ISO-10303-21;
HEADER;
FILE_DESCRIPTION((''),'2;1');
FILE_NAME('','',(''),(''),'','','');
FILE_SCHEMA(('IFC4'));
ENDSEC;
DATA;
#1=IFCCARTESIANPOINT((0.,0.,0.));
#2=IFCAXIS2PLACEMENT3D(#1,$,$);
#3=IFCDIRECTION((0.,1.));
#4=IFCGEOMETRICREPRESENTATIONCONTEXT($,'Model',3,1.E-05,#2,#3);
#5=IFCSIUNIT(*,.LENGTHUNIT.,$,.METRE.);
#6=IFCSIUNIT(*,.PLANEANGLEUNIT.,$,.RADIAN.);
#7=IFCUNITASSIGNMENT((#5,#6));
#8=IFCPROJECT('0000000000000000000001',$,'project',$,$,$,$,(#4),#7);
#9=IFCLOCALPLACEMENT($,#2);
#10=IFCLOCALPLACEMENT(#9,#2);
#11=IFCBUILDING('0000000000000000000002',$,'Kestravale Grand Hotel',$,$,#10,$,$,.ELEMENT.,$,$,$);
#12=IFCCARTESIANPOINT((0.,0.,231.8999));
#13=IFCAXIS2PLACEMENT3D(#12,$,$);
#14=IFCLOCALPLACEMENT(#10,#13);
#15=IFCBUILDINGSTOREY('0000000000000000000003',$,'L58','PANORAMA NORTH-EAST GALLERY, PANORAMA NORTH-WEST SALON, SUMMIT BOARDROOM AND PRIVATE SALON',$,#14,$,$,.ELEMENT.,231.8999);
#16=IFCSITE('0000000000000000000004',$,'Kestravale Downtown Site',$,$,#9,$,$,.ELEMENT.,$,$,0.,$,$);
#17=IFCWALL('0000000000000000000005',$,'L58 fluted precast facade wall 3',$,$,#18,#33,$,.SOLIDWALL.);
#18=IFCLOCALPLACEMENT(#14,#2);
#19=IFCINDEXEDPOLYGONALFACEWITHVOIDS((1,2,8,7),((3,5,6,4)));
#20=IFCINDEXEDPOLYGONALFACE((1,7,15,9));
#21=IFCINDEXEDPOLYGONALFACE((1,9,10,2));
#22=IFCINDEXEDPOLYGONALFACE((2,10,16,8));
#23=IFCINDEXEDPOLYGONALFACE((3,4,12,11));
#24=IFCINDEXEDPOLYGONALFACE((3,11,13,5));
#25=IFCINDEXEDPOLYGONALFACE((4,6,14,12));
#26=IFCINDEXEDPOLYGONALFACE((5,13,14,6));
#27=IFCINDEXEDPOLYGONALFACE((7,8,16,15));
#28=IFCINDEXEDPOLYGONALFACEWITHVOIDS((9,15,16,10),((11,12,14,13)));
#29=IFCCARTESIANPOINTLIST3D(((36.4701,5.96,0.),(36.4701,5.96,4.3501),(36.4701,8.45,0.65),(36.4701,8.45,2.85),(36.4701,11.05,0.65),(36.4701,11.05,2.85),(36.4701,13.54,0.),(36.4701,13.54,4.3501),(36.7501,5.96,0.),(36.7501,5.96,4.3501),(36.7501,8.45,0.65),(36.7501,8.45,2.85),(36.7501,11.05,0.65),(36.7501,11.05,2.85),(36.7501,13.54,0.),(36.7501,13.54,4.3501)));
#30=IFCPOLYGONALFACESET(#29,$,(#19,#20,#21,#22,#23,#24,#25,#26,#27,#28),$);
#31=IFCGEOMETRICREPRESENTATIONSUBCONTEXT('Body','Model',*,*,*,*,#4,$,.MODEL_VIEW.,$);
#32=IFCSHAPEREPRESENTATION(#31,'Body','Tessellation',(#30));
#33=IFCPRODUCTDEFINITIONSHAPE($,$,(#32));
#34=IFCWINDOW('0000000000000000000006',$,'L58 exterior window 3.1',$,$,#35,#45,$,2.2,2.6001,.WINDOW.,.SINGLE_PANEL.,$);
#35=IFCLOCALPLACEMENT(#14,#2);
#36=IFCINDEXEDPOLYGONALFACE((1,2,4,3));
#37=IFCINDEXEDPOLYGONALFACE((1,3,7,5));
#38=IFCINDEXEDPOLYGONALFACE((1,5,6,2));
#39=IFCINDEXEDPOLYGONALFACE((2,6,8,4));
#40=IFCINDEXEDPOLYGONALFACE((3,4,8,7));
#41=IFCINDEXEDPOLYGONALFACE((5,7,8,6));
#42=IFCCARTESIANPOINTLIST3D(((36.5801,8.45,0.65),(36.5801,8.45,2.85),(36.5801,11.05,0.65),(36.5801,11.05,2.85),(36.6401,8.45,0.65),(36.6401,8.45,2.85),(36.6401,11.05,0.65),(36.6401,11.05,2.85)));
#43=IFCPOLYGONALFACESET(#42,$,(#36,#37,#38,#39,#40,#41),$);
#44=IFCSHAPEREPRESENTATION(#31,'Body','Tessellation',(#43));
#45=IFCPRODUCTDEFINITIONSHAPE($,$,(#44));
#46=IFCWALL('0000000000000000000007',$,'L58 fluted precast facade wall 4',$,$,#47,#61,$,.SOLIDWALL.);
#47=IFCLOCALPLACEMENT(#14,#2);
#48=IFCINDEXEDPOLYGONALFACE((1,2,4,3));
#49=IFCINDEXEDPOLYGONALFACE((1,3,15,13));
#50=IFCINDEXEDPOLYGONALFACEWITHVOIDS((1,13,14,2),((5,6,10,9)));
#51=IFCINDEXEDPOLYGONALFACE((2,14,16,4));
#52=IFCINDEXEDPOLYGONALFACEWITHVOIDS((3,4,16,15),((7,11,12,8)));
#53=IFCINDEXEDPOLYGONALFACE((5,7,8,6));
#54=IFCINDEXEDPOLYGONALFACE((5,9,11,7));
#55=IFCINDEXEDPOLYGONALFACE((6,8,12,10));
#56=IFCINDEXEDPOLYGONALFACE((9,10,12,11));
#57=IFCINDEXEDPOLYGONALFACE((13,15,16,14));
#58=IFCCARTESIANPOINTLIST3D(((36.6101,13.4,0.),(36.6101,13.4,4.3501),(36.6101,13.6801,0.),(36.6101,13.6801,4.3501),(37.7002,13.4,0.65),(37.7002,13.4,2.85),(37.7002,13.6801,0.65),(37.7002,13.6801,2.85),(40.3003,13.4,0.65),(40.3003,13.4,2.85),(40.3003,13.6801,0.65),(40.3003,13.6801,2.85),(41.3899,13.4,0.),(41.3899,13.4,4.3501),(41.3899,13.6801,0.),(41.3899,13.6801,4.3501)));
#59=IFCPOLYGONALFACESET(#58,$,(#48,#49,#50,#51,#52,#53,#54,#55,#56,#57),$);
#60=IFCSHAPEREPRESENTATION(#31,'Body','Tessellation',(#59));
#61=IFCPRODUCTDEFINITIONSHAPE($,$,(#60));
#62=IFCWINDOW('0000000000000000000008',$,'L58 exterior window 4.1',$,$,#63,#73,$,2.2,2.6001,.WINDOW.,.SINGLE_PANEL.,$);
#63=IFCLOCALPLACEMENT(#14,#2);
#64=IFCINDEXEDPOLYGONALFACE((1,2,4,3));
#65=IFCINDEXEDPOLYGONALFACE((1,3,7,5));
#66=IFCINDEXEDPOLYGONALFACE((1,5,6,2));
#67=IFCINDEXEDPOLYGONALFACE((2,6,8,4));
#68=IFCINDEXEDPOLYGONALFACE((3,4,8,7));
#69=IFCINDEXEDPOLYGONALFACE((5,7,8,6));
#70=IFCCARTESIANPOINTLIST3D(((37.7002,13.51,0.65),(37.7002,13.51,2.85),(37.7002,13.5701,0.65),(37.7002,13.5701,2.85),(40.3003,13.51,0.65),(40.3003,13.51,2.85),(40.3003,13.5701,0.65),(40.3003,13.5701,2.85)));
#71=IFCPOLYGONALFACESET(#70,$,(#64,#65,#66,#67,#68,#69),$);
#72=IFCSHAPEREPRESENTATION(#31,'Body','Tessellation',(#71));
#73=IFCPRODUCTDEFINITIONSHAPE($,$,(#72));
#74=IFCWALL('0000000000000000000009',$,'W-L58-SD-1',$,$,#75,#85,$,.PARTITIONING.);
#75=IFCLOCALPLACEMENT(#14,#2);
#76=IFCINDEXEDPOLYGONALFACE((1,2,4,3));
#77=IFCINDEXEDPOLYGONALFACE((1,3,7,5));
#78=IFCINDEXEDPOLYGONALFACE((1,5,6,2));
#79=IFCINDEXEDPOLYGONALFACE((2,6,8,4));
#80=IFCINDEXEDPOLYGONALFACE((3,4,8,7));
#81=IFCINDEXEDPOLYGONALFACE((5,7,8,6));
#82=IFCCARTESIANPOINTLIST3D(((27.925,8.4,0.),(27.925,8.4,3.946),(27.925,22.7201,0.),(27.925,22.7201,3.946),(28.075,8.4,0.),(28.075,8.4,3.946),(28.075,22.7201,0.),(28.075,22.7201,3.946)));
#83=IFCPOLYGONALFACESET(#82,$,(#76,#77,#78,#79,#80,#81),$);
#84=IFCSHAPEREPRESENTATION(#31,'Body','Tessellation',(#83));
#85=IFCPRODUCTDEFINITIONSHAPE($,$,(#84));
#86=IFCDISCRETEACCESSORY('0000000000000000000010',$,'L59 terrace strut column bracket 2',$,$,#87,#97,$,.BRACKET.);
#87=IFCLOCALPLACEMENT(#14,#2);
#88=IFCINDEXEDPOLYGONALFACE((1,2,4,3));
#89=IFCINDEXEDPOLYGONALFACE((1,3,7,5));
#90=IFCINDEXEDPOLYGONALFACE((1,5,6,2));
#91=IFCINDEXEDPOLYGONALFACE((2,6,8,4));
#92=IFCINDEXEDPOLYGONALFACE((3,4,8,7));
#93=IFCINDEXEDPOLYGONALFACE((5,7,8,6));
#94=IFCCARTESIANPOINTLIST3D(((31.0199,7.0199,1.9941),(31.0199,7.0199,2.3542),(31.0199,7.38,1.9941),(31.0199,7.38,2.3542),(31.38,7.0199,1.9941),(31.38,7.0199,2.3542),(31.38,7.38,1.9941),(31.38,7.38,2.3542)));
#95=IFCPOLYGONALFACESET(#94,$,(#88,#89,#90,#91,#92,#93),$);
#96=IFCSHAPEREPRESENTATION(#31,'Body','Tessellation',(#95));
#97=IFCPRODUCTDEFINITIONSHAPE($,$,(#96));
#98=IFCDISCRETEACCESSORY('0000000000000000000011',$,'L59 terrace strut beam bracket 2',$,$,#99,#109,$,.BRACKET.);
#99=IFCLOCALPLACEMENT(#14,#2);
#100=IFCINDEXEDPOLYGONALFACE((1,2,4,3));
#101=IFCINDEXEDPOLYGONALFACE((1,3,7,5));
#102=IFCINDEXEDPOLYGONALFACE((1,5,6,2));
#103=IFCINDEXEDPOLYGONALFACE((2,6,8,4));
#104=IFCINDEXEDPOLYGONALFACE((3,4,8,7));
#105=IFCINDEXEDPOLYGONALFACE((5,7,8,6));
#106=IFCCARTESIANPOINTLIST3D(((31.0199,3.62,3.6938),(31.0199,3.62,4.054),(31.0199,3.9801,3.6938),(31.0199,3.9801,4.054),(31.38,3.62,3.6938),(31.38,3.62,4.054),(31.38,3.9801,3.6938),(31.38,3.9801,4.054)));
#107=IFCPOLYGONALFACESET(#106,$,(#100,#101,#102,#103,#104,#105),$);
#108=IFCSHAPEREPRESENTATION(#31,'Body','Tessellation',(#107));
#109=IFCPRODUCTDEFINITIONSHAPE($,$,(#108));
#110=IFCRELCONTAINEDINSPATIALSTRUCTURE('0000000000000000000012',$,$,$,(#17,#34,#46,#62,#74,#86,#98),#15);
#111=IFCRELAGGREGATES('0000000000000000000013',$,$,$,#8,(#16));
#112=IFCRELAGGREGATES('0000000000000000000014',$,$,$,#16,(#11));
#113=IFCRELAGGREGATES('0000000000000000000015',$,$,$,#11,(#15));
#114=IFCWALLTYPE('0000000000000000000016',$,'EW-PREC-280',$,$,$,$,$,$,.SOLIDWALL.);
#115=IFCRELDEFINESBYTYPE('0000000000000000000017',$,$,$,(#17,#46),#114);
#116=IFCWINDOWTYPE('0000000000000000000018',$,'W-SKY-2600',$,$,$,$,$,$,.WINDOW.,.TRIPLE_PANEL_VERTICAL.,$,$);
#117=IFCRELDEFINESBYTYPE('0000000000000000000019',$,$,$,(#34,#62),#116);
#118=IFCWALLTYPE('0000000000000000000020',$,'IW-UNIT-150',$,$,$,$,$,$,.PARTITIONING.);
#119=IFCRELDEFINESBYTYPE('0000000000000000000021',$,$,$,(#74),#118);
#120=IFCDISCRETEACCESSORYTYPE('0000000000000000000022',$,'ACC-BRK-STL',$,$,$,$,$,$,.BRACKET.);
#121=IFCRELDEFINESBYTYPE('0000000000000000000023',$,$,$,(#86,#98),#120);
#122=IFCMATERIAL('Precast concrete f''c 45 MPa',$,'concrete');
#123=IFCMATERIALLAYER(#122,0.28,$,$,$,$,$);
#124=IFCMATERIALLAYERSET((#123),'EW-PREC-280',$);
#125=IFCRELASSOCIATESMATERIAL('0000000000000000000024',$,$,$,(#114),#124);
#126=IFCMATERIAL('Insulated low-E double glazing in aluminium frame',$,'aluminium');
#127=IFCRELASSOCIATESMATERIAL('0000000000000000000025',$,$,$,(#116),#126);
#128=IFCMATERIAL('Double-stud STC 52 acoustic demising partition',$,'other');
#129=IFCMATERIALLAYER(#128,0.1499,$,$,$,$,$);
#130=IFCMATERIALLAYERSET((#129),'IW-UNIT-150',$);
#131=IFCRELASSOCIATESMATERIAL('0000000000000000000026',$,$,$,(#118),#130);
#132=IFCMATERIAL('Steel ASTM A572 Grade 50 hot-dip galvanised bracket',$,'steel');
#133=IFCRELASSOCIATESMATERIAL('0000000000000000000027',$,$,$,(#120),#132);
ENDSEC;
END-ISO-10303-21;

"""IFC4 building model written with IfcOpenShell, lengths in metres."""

from ifc_helpers import new_model, si_unit, direction, frame, frame_2d, origin, origin_2d, place, context, subcontext, project, spatial, rectangle, extrude, material, layer, layer_set, type_object, element, fill, save


model = new_model("IFC4")

# Units and contexts
model_context = context("Model", 3, precision=1e-05, world=origin(), true_north=direction((0.0, 1.0)))
body_context = subcontext(model_context, "Body", "Model", "MODEL_VIEW")
ifc_project = project(units=[si_unit("LENGTHUNIT", "METRE"), si_unit("PLANEANGLEUNIT", "RADIAN")], contexts=[model_context])

# Site, building, storey
site_placement = place(None, origin())
site = spatial("IfcSite", under=ifc_project, at=site_placement, Name="Kestravale Downtown Site", CompositionType="ELEMENT", RefElevation=0.0)
building_placement = place(site_placement, origin())
building = spatial("IfcBuilding", under=site, at=building_placement, Name="Kestravale Grand Hotel", CompositionType="ELEMENT")
storey_placement = place(building_placement, frame((0.0, 0.0, 231.8999)))
storey = spatial("IfcBuildingStorey", under=building, at=storey_placement, Name="L58", Description="PANORAMA NORTH-EAST GALLERY, PANORAMA NORTH-WEST SALON, SUMMIT BOARDROOM AND PRIVATE SALON", CompositionType="ELEMENT", Elevation=231.8999)

# Shared definitions
ifc_material_1 = material(Name="Precast concrete f'c 45 MPa", Category="concrete")
ifc_layer_1 = layer(ifc_material_1, 0.28)
ifc_layer_set_1 = layer_set([ifc_layer_1], Name="EW-PREC-280")
wall_type_1 = type_object("IfcWallType", Name="EW-PREC-280", PredefinedType="SOLIDWALL", material=ifc_layer_set_1)

# Walls, openings, windows
wall_1_placement = place(storey_placement, frame((36.6101, 5.96, 0.0), z_axis=(0.0, 0.0, 1.0), x_axis=(0.0, 1.0, 0.0)))
wall_1 = element("IfcWall", 1, at=wall_1_placement, inside=storey, type_object=wall_type_1, Name="L58 fluted precast facade wall 3", PredefinedType="SOLIDWALL", context=body_context, shape_type="SweptSolid", body=[
    extrude(rectangle(XDim=7.5801, YDim=0.28, at=frame_2d((3.79, 0.0))), origin(), (0.0, 0.0, 1.0), 4.3501),
])
opening_1_placement = place(wall_1_placement, frame((2.49, 0.0, 0.6499)))
opening_1 = element("IfcOpeningElement", 2, at=opening_1_placement, cuts=wall_1, PredefinedType="OPENING", context=body_context, shape_type="SweptSolid", body=[
    extrude(rectangle(XDim=2.6001, YDim=2.2, at=frame_2d((1.3, 1.1001))), frame((0.0, 0.1499, 0.0), z_axis=(0.0, -1.0, 0.0), x_axis=(1.0, 0.0, 0.0)), (0.0, 0.0, 1.0), 0.3),
])
ifc_material_2 = material(Name="Insulated low-E double glazing in aluminium frame", Category="aluminium")
window_type = type_object("IfcWindowType", Name="W-SKY-2600", PartitioningType="TRIPLE_PANEL_VERTICAL", PredefinedType="WINDOW", material=ifc_material_2)
window_1_placement = place(opening_1_placement, origin())
window_1 = element("IfcWindow", 3, at=window_1_placement, inside=storey, type_object=window_type, Name="L58 exterior window 3.1", OverallHeight=2.2, OverallWidth=2.6001, PartitioningType="SINGLE_PANEL", PredefinedType="WINDOW", context=body_context, shape_type="SweptSolid", body=[
    extrude(rectangle(XDim=2.6001, YDim=2.2, at=frame_2d((1.3, 1.1001))), frame((0.0, 0.03, 0.0), z_axis=(0.0, -1.0, 0.0), x_axis=(1.0, 0.0, 0.0)), (0.0, 0.0, 1.0), 0.0601),
])
fill(opening_1, window_1)
wall_2_placement = place(storey_placement, frame((36.6101, 13.54, 0.0), z_axis=(0.0, 0.0, 1.0), x_axis=(1.0, 0.0, 0.0)))
wall_2 = element("IfcWall", 4, at=wall_2_placement, inside=storey, type_object=wall_type_1, Name="L58 fluted precast facade wall 4", PredefinedType="SOLIDWALL", context=body_context, shape_type="SweptSolid", body=[
    extrude(rectangle(XDim=4.7798, YDim=0.28, at=frame_2d((2.3899, 0.0))), origin(), (0.0, 0.0, 1.0), 4.3501),
])
opening_2_placement = place(wall_2_placement, frame((1.0901, 0.0, 0.6499)))
opening_2 = element("IfcOpeningElement", 5, at=opening_2_placement, cuts=wall_2, PredefinedType="OPENING", context=body_context, shape_type="SweptSolid", body=[
    extrude(rectangle(XDim=2.6001, YDim=2.2, at=frame_2d((1.3, 1.1001))), frame((0.0, 0.1499, 0.0), z_axis=(0.0, -1.0, 0.0), x_axis=(1.0, 0.0, 0.0)), (0.0, 0.0, 1.0), 0.3),
])
window_2_placement = place(opening_2_placement, origin())
window_2 = element("IfcWindow", 6, at=window_2_placement, inside=storey, type_object=window_type, Name="L58 exterior window 4.1", OverallHeight=2.2, OverallWidth=2.6001, PartitioningType="SINGLE_PANEL", PredefinedType="WINDOW", context=body_context, shape_type="SweptSolid", body=[
    extrude(rectangle(XDim=2.6001, YDim=2.2, at=frame_2d((1.3, 1.1001))), frame((0.0, 0.03, 0.0), z_axis=(0.0, -1.0, 0.0), x_axis=(1.0, 0.0, 0.0)), (0.0, 0.0, 1.0), 0.0601),
])
fill(opening_2, window_2)

# Wall
ifc_material_3 = material(Name="Double-stud STC 52 acoustic demising partition", Category="other")
ifc_layer_2 = layer(ifc_material_3, 0.1499)
ifc_layer_set_2 = layer_set([ifc_layer_2], Name="IW-UNIT-150")
wall_type_2 = type_object("IfcWallType", Name="IW-UNIT-150", PredefinedType="PARTITIONING", material=ifc_layer_set_2)
wall_3_placement = place(storey_placement, frame((28.0, 8.3999, 0.0), z_axis=(0.0, 0.0, 1.0), x_axis=(0.0, 1.0, 0.0)))
element("IfcWall", 7, at=wall_3_placement, inside=storey, type_object=wall_type_2, Name="W-L58-SD-1", PredefinedType="PARTITIONING", context=body_context, shape_type="SweptSolid", body=[
    extrude(rectangle(XDim=14.3201, YDim=0.1499, at=frame_2d((7.1602, 0.0))), origin(), (0.0, 0.0, 1.0), 3.946),
])

# Discrete accessories
ifc_material_4 = material(Name="Steel ASTM A572 Grade 50 hot-dip galvanised bracket", Category="steel")
discrete_accessory_type = type_object("IfcDiscreteAccessoryType", Name="ACC-BRK-STL", PredefinedType="BRACKET", material=ifc_material_4)
for number, where, z_axis, x_axis, name in (
    (8, (31.2, 7.2, 1.9941), (0.0, 0.0, 1.0), (1.0, 0.0, 0.0), "L59 terrace strut column bracket 2"),
    (9, (31.2, 3.8, 3.6938), (0.0, 0.0, 1.0), (1.0, 0.0, 0.0), "L59 terrace strut beam bracket 2"),
):
    element("IfcDiscreteAccessory", number, at=place(storey_placement, frame(where, z_axis=z_axis, x_axis=x_axis)), inside=storey, type_object=discrete_accessory_type, Name=name, PredefinedType="BRACKET", context=body_context, shape_type="SweptSolid", body=[
        extrude(rectangle(XDim=0.3601, YDim=0.3601, at=origin_2d()), origin(), (0.0, 0.0, 1.0), 0.3601),
    ])

save(model, "model.ifc")
